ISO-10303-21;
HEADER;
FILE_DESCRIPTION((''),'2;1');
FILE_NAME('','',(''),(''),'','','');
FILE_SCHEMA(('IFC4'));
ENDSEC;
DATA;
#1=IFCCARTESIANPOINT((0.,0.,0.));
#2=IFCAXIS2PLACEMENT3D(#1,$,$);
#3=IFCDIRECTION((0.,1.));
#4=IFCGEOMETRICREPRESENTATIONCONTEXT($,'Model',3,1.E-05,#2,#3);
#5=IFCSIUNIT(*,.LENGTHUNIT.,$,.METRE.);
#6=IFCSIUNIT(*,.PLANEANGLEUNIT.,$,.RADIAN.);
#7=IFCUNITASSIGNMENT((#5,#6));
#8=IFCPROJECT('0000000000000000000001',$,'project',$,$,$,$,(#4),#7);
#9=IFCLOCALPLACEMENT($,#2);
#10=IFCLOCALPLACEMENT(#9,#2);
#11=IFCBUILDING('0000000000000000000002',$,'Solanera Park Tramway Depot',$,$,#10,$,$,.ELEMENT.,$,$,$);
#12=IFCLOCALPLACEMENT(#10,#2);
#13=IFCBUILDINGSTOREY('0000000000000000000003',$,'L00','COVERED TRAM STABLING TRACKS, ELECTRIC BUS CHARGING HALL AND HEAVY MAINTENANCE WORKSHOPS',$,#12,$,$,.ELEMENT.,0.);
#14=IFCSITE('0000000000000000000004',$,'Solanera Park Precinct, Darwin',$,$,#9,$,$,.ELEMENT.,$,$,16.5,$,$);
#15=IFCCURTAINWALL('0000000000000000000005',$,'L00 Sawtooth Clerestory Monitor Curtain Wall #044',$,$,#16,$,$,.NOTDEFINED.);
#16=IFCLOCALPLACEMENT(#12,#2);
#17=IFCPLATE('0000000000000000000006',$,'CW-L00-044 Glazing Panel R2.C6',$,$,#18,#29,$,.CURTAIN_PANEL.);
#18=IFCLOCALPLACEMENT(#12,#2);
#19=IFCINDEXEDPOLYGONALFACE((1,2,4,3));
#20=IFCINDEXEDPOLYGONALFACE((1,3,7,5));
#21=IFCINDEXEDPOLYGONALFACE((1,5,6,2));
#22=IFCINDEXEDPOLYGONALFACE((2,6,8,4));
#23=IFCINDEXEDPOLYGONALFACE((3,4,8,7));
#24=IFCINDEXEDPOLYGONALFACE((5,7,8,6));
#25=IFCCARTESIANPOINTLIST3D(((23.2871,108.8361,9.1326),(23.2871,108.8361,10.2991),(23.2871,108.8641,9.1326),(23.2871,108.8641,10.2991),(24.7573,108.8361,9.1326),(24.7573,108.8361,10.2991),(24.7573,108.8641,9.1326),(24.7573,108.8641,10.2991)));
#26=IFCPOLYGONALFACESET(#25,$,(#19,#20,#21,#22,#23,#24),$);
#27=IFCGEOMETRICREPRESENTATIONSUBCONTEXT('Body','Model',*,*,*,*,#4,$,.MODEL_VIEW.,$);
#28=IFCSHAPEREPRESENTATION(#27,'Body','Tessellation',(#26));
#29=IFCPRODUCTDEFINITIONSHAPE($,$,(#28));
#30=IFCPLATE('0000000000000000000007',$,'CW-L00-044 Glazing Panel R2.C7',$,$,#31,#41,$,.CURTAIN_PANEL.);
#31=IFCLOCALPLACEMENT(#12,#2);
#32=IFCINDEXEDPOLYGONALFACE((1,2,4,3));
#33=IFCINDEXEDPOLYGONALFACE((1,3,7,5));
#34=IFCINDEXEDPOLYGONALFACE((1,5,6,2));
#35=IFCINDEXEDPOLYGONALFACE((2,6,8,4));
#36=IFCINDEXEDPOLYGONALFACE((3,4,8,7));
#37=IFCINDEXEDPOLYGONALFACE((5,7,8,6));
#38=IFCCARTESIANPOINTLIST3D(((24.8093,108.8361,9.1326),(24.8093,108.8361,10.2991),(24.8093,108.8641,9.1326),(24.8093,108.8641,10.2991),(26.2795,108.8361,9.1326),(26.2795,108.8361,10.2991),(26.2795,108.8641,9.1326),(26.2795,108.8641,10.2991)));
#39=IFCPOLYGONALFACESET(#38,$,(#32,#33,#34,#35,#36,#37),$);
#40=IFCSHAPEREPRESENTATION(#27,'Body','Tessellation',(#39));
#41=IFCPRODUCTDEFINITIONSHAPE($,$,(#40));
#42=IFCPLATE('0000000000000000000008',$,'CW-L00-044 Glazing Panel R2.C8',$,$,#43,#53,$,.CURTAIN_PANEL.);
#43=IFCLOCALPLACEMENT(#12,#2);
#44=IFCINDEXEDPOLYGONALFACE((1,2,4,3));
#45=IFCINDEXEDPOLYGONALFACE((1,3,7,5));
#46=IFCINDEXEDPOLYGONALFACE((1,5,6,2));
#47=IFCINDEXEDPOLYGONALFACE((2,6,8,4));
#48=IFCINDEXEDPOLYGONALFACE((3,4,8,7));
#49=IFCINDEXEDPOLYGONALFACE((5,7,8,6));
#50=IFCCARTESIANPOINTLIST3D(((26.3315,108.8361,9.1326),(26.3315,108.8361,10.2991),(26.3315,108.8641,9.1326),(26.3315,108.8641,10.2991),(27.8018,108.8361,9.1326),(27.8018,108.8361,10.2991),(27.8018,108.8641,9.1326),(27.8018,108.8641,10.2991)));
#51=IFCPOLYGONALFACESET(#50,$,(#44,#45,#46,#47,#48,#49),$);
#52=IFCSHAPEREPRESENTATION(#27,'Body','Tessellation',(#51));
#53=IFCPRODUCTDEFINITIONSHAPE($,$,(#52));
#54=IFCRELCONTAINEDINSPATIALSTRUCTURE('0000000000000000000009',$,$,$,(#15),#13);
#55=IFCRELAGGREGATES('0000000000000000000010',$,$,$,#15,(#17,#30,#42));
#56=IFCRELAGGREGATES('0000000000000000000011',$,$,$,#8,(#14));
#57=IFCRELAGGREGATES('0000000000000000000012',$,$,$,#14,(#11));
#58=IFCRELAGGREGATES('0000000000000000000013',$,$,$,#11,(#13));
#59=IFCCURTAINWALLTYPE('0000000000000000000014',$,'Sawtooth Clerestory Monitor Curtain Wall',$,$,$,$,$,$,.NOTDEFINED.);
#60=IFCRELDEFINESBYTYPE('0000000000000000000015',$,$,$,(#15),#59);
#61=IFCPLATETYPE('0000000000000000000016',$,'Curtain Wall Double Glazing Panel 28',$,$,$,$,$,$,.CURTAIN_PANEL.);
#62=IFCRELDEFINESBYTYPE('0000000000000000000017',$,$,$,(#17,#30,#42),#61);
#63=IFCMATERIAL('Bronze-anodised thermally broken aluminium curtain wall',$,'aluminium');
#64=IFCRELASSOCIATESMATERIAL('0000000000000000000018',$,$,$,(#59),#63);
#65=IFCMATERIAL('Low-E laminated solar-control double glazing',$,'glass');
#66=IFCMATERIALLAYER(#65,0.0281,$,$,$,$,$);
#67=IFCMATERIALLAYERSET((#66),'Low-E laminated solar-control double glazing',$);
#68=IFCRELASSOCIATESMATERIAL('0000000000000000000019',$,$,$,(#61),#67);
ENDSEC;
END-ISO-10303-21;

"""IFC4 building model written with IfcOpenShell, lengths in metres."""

from ifc_helpers import new_model, si_unit, direction, frame, origin, origin_2d, place, context, subcontext, project, spatial, rectangle, extrude, material, layer, layer_set, type_object, element, aggregate, save


model = new_model("IFC4")

# Units and contexts
model_context = context("Model", 3, precision=1e-05, world=origin(), true_north=direction((0.0, 1.0)))
body_context = subcontext(model_context, "Body", "Model", "MODEL_VIEW")
ifc_project = project(units=[si_unit("LENGTHUNIT", "METRE"), si_unit("PLANEANGLEUNIT", "RADIAN")], contexts=[model_context])

# Site, building, storey
site_placement = place(None, origin())
site = spatial("IfcSite", under=ifc_project, at=site_placement, Name="Solanera Park Precinct, Darwin", CompositionType="ELEMENT", RefElevation=16.5)
building_placement = place(site_placement, origin())
building = spatial("IfcBuilding", under=site, at=building_placement, Name="Solanera Park Tramway Depot", CompositionType="ELEMENT")
storey_placement = place(building_placement, origin())
storey = spatial("IfcBuildingStorey", under=building, at=storey_placement, Name="L00", Description="COVERED TRAM STABLING TRACKS, ELECTRIC BUS CHARGING HALL AND HEAVY MAINTENANCE WORKSHOPS", CompositionType="ELEMENT", Elevation=0.0)

# Curtain wall, plates
ifc_material_1 = material(Name="Bronze-anodised thermally broken aluminium curtain wall", Category="aluminium")
curtain_wall_type = type_object("IfcCurtainWallType", Name="Sawtooth Clerestory Monitor Curtain Wall", PredefinedType="NOTDEFINED", material=ifc_material_1)
curtain_wall_placement = place(storey_placement, origin())
curtain_wall = element("IfcCurtainWall", 1, at=curtain_wall_placement, inside=storey, type_object=curtain_wall_type, Name="L00 Sawtooth Clerestory Monitor Curtain Wall #044", PredefinedType="NOTDEFINED")
ifc_material_2 = material(Name="Low-E laminated solar-control double glazing", Category="glass")
ifc_layer = layer(ifc_material_2, 0.0281)
ifc_layer_set = layer_set([ifc_layer], Name="Low-E laminated solar-control double glazing")
plate_type = type_object("IfcPlateType", Name="Curtain Wall Double Glazing Panel 28", PredefinedType="CURTAIN_PANEL", material=ifc_layer_set)
plate_1_placement = place(storey_placement, frame((24.0222, 108.8501, 9.1326), z_axis=(0.0, 0.0, 1.0), x_axis=(1.0, 0.0, 0.0)))
plate_1 = element("IfcPlate", 2, at=plate_1_placement, type_object=plate_type, Name="CW-L00-044 Glazing Panel R2.C6", PredefinedType="CURTAIN_PANEL", context=body_context, shape_type="SweptSolid", body=[
    extrude(rectangle(XDim=1.4702, YDim=0.0281, at=origin_2d()), origin(), (0.0, 0.0, 1.0), 1.1665),
])
plate_2_placement = place(storey_placement, frame((25.5444, 108.8501, 9.1326), z_axis=(0.0, 0.0, 1.0), x_axis=(1.0, 0.0, 0.0)))
plate_2 = element("IfcPlate", 3, at=plate_2_placement, type_object=plate_type, Name="CW-L00-044 Glazing Panel R2.C7", PredefinedType="CURTAIN_PANEL", context=body_context, shape_type="SweptSolid", body=[
    extrude(rectangle(XDim=1.4702, YDim=0.0281, at=origin_2d()), origin(), (0.0, 0.0, 1.0), 1.1665),
])
plate_3_placement = place(storey_placement, frame((27.0667, 108.8501, 9.1326), z_axis=(0.0, 0.0, 1.0), x_axis=(1.0, 0.0, 0.0)))
plate_3 = element("IfcPlate", 4, at=plate_3_placement, type_object=plate_type, Name="CW-L00-044 Glazing Panel R2.C8", PredefinedType="CURTAIN_PANEL", context=body_context, shape_type="SweptSolid", body=[
    extrude(rectangle(XDim=1.4702, YDim=0.0281, at=origin_2d()), origin(), (0.0, 0.0, 1.0), 1.1665),
])
aggregate(curtain_wall, [plate_1, plate_2, plate_3])

save(model, "model.ifc")
